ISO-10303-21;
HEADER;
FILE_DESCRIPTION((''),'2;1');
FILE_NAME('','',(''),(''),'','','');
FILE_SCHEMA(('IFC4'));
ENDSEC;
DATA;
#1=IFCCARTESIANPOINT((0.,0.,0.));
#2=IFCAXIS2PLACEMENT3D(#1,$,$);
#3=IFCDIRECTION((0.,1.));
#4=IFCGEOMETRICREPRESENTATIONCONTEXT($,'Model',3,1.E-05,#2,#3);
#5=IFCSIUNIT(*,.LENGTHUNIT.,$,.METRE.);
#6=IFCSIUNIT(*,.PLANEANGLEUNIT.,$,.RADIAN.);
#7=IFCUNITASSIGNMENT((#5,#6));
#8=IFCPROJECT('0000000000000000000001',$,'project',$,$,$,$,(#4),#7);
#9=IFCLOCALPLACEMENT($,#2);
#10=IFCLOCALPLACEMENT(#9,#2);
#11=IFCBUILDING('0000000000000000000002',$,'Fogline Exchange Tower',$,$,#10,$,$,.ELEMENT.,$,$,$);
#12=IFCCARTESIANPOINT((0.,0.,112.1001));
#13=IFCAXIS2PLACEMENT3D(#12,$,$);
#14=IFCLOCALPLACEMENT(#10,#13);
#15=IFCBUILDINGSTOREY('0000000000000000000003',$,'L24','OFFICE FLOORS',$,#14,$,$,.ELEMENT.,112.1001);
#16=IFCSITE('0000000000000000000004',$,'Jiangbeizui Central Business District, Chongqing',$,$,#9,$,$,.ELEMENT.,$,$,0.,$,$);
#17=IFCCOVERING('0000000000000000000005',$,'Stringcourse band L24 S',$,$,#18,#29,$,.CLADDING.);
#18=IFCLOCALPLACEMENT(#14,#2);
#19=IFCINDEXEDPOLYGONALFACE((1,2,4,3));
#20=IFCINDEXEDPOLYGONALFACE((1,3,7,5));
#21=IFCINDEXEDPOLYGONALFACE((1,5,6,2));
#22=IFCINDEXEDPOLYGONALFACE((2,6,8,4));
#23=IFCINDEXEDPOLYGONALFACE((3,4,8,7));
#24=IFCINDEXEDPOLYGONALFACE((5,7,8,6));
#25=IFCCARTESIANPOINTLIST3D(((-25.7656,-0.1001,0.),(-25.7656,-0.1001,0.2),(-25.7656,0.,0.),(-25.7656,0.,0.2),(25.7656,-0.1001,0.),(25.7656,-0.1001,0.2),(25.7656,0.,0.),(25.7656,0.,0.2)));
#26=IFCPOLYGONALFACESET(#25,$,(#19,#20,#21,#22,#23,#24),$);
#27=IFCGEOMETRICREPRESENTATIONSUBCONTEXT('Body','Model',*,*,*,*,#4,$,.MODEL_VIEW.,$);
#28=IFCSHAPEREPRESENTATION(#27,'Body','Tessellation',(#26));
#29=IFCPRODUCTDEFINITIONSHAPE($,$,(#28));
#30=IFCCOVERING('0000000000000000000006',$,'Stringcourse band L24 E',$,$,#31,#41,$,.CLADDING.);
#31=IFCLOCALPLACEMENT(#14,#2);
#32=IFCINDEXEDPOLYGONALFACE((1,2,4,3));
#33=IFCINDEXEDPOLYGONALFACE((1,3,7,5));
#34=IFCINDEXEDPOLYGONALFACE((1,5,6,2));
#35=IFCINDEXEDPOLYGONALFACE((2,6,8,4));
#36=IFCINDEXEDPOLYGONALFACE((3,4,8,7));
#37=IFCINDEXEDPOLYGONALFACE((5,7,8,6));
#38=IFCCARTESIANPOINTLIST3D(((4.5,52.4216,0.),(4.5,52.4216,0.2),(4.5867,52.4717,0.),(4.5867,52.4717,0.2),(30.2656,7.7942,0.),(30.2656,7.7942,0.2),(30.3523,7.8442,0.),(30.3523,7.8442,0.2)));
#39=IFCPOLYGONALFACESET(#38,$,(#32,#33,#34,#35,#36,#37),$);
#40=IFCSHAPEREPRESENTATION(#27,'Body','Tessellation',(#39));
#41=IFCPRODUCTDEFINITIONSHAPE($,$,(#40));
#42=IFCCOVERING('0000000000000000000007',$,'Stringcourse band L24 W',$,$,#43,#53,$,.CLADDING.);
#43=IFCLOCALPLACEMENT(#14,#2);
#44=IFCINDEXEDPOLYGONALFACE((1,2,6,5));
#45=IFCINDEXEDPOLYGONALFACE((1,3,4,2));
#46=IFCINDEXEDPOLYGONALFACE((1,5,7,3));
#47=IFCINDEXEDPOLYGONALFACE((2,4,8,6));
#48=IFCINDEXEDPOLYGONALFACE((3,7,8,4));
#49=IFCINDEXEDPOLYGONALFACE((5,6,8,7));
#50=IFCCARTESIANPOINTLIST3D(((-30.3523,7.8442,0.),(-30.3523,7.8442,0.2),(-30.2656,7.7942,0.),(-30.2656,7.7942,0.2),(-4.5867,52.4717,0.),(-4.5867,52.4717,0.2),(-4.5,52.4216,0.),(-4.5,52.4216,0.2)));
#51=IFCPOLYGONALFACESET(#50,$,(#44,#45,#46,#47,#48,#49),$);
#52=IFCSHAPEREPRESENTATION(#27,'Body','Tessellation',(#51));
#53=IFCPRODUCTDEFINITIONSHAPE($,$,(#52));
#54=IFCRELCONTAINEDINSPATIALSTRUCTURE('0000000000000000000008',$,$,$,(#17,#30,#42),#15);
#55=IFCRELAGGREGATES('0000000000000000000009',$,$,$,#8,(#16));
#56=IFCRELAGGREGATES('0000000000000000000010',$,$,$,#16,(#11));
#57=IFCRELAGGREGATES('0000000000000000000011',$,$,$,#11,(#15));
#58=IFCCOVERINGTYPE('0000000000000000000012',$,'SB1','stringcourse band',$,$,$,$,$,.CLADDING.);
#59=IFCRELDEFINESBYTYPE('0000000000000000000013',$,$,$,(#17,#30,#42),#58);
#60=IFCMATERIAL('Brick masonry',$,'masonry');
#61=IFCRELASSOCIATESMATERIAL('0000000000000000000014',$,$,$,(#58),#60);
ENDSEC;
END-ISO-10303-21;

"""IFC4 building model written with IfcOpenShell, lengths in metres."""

from ifc_helpers import new_model, si_unit, direction, frame, origin, place, context, subcontext, project, spatial, polyline, outline, extrude, material, type_object, element, save


model = new_model("IFC4")

# Units and contexts
model_context = context("Model", 3, precision=1e-05, world=origin(), true_north=direction((0.0, 1.0)))
body_context = subcontext(model_context, "Body", "Model", "MODEL_VIEW")
ifc_project = project(units=[si_unit("LENGTHUNIT", "METRE"), si_unit("PLANEANGLEUNIT", "RADIAN")], contexts=[model_context])

# Site, building, storey
site_placement = place(None, origin())
site = spatial("IfcSite", under=ifc_project, at=site_placement, Name="Jiangbeizui Central Business District, Chongqing", CompositionType="ELEMENT", RefElevation=0.0)
building_placement = place(site_placement, origin())
building = spatial("IfcBuilding", under=site, at=building_placement, Name="Fogline Exchange Tower", CompositionType="ELEMENT")
storey_placement = place(building_placement, frame((0.0, 0.0, 112.1001)))
storey = spatial("IfcBuildingStorey", under=building, at=storey_placement, Name="L24", Description="OFFICE FLOORS", CompositionType="ELEMENT", Elevation=112.1001)

# Shared definitions
ifc_material_1 = material(Name="Brick masonry", Category="masonry")

# Coverings
covering_type = type_object("IfcCoveringType", Name="SB1", Description="stringcourse band", PredefinedType="CLADDING", material=ifc_material_1)
covering_1_placement = place(storey_placement, origin())
element("IfcCovering", 1, at=covering_1_placement, inside=storey, type_object=covering_type, Name="Stringcourse band L24 S", PredefinedType="CLADDING", context=body_context, shape_type="SweptSolid", body=[
    extrude(outline(polyline([(-25.7656, 0.0), (-25.7656, -0.1001), (25.7656, -0.1001), (25.7656, 0.0), (-25.7656, 0.0)])), origin(), (0.0, 0.0, 1.0), 0.2),
])
covering_2_placement = place(storey_placement, origin())
element("IfcCovering", 2, at=covering_2_placement, inside=storey, type_object=covering_type, Name="Stringcourse band L24 E", PredefinedType="CLADDING", context=body_context, shape_type="SweptSolid", body=[
    extrude(outline(polyline([(30.2656, 7.7942), (30.3523, 7.8442), (4.5867, 52.4717), (4.5, 52.4216), (30.2656, 7.7942)])), origin(), (0.0, 0.0, 1.0), 0.2),
])
covering_3_placement = place(storey_placement, origin())
element("IfcCovering", 3, at=covering_3_placement, inside=storey, type_object=covering_type, Name="Stringcourse band L24 W", PredefinedType="CLADDING", context=body_context, shape_type="SweptSolid", body=[
    extrude(outline(polyline([(-4.5, 52.4216), (-4.5867, 52.4717), (-30.3523, 7.8442), (-30.2656, 7.7942), (-4.5, 52.4216)])), origin(), (0.0, 0.0, 1.0), 0.2),
])

save(model, "model.ifc")
